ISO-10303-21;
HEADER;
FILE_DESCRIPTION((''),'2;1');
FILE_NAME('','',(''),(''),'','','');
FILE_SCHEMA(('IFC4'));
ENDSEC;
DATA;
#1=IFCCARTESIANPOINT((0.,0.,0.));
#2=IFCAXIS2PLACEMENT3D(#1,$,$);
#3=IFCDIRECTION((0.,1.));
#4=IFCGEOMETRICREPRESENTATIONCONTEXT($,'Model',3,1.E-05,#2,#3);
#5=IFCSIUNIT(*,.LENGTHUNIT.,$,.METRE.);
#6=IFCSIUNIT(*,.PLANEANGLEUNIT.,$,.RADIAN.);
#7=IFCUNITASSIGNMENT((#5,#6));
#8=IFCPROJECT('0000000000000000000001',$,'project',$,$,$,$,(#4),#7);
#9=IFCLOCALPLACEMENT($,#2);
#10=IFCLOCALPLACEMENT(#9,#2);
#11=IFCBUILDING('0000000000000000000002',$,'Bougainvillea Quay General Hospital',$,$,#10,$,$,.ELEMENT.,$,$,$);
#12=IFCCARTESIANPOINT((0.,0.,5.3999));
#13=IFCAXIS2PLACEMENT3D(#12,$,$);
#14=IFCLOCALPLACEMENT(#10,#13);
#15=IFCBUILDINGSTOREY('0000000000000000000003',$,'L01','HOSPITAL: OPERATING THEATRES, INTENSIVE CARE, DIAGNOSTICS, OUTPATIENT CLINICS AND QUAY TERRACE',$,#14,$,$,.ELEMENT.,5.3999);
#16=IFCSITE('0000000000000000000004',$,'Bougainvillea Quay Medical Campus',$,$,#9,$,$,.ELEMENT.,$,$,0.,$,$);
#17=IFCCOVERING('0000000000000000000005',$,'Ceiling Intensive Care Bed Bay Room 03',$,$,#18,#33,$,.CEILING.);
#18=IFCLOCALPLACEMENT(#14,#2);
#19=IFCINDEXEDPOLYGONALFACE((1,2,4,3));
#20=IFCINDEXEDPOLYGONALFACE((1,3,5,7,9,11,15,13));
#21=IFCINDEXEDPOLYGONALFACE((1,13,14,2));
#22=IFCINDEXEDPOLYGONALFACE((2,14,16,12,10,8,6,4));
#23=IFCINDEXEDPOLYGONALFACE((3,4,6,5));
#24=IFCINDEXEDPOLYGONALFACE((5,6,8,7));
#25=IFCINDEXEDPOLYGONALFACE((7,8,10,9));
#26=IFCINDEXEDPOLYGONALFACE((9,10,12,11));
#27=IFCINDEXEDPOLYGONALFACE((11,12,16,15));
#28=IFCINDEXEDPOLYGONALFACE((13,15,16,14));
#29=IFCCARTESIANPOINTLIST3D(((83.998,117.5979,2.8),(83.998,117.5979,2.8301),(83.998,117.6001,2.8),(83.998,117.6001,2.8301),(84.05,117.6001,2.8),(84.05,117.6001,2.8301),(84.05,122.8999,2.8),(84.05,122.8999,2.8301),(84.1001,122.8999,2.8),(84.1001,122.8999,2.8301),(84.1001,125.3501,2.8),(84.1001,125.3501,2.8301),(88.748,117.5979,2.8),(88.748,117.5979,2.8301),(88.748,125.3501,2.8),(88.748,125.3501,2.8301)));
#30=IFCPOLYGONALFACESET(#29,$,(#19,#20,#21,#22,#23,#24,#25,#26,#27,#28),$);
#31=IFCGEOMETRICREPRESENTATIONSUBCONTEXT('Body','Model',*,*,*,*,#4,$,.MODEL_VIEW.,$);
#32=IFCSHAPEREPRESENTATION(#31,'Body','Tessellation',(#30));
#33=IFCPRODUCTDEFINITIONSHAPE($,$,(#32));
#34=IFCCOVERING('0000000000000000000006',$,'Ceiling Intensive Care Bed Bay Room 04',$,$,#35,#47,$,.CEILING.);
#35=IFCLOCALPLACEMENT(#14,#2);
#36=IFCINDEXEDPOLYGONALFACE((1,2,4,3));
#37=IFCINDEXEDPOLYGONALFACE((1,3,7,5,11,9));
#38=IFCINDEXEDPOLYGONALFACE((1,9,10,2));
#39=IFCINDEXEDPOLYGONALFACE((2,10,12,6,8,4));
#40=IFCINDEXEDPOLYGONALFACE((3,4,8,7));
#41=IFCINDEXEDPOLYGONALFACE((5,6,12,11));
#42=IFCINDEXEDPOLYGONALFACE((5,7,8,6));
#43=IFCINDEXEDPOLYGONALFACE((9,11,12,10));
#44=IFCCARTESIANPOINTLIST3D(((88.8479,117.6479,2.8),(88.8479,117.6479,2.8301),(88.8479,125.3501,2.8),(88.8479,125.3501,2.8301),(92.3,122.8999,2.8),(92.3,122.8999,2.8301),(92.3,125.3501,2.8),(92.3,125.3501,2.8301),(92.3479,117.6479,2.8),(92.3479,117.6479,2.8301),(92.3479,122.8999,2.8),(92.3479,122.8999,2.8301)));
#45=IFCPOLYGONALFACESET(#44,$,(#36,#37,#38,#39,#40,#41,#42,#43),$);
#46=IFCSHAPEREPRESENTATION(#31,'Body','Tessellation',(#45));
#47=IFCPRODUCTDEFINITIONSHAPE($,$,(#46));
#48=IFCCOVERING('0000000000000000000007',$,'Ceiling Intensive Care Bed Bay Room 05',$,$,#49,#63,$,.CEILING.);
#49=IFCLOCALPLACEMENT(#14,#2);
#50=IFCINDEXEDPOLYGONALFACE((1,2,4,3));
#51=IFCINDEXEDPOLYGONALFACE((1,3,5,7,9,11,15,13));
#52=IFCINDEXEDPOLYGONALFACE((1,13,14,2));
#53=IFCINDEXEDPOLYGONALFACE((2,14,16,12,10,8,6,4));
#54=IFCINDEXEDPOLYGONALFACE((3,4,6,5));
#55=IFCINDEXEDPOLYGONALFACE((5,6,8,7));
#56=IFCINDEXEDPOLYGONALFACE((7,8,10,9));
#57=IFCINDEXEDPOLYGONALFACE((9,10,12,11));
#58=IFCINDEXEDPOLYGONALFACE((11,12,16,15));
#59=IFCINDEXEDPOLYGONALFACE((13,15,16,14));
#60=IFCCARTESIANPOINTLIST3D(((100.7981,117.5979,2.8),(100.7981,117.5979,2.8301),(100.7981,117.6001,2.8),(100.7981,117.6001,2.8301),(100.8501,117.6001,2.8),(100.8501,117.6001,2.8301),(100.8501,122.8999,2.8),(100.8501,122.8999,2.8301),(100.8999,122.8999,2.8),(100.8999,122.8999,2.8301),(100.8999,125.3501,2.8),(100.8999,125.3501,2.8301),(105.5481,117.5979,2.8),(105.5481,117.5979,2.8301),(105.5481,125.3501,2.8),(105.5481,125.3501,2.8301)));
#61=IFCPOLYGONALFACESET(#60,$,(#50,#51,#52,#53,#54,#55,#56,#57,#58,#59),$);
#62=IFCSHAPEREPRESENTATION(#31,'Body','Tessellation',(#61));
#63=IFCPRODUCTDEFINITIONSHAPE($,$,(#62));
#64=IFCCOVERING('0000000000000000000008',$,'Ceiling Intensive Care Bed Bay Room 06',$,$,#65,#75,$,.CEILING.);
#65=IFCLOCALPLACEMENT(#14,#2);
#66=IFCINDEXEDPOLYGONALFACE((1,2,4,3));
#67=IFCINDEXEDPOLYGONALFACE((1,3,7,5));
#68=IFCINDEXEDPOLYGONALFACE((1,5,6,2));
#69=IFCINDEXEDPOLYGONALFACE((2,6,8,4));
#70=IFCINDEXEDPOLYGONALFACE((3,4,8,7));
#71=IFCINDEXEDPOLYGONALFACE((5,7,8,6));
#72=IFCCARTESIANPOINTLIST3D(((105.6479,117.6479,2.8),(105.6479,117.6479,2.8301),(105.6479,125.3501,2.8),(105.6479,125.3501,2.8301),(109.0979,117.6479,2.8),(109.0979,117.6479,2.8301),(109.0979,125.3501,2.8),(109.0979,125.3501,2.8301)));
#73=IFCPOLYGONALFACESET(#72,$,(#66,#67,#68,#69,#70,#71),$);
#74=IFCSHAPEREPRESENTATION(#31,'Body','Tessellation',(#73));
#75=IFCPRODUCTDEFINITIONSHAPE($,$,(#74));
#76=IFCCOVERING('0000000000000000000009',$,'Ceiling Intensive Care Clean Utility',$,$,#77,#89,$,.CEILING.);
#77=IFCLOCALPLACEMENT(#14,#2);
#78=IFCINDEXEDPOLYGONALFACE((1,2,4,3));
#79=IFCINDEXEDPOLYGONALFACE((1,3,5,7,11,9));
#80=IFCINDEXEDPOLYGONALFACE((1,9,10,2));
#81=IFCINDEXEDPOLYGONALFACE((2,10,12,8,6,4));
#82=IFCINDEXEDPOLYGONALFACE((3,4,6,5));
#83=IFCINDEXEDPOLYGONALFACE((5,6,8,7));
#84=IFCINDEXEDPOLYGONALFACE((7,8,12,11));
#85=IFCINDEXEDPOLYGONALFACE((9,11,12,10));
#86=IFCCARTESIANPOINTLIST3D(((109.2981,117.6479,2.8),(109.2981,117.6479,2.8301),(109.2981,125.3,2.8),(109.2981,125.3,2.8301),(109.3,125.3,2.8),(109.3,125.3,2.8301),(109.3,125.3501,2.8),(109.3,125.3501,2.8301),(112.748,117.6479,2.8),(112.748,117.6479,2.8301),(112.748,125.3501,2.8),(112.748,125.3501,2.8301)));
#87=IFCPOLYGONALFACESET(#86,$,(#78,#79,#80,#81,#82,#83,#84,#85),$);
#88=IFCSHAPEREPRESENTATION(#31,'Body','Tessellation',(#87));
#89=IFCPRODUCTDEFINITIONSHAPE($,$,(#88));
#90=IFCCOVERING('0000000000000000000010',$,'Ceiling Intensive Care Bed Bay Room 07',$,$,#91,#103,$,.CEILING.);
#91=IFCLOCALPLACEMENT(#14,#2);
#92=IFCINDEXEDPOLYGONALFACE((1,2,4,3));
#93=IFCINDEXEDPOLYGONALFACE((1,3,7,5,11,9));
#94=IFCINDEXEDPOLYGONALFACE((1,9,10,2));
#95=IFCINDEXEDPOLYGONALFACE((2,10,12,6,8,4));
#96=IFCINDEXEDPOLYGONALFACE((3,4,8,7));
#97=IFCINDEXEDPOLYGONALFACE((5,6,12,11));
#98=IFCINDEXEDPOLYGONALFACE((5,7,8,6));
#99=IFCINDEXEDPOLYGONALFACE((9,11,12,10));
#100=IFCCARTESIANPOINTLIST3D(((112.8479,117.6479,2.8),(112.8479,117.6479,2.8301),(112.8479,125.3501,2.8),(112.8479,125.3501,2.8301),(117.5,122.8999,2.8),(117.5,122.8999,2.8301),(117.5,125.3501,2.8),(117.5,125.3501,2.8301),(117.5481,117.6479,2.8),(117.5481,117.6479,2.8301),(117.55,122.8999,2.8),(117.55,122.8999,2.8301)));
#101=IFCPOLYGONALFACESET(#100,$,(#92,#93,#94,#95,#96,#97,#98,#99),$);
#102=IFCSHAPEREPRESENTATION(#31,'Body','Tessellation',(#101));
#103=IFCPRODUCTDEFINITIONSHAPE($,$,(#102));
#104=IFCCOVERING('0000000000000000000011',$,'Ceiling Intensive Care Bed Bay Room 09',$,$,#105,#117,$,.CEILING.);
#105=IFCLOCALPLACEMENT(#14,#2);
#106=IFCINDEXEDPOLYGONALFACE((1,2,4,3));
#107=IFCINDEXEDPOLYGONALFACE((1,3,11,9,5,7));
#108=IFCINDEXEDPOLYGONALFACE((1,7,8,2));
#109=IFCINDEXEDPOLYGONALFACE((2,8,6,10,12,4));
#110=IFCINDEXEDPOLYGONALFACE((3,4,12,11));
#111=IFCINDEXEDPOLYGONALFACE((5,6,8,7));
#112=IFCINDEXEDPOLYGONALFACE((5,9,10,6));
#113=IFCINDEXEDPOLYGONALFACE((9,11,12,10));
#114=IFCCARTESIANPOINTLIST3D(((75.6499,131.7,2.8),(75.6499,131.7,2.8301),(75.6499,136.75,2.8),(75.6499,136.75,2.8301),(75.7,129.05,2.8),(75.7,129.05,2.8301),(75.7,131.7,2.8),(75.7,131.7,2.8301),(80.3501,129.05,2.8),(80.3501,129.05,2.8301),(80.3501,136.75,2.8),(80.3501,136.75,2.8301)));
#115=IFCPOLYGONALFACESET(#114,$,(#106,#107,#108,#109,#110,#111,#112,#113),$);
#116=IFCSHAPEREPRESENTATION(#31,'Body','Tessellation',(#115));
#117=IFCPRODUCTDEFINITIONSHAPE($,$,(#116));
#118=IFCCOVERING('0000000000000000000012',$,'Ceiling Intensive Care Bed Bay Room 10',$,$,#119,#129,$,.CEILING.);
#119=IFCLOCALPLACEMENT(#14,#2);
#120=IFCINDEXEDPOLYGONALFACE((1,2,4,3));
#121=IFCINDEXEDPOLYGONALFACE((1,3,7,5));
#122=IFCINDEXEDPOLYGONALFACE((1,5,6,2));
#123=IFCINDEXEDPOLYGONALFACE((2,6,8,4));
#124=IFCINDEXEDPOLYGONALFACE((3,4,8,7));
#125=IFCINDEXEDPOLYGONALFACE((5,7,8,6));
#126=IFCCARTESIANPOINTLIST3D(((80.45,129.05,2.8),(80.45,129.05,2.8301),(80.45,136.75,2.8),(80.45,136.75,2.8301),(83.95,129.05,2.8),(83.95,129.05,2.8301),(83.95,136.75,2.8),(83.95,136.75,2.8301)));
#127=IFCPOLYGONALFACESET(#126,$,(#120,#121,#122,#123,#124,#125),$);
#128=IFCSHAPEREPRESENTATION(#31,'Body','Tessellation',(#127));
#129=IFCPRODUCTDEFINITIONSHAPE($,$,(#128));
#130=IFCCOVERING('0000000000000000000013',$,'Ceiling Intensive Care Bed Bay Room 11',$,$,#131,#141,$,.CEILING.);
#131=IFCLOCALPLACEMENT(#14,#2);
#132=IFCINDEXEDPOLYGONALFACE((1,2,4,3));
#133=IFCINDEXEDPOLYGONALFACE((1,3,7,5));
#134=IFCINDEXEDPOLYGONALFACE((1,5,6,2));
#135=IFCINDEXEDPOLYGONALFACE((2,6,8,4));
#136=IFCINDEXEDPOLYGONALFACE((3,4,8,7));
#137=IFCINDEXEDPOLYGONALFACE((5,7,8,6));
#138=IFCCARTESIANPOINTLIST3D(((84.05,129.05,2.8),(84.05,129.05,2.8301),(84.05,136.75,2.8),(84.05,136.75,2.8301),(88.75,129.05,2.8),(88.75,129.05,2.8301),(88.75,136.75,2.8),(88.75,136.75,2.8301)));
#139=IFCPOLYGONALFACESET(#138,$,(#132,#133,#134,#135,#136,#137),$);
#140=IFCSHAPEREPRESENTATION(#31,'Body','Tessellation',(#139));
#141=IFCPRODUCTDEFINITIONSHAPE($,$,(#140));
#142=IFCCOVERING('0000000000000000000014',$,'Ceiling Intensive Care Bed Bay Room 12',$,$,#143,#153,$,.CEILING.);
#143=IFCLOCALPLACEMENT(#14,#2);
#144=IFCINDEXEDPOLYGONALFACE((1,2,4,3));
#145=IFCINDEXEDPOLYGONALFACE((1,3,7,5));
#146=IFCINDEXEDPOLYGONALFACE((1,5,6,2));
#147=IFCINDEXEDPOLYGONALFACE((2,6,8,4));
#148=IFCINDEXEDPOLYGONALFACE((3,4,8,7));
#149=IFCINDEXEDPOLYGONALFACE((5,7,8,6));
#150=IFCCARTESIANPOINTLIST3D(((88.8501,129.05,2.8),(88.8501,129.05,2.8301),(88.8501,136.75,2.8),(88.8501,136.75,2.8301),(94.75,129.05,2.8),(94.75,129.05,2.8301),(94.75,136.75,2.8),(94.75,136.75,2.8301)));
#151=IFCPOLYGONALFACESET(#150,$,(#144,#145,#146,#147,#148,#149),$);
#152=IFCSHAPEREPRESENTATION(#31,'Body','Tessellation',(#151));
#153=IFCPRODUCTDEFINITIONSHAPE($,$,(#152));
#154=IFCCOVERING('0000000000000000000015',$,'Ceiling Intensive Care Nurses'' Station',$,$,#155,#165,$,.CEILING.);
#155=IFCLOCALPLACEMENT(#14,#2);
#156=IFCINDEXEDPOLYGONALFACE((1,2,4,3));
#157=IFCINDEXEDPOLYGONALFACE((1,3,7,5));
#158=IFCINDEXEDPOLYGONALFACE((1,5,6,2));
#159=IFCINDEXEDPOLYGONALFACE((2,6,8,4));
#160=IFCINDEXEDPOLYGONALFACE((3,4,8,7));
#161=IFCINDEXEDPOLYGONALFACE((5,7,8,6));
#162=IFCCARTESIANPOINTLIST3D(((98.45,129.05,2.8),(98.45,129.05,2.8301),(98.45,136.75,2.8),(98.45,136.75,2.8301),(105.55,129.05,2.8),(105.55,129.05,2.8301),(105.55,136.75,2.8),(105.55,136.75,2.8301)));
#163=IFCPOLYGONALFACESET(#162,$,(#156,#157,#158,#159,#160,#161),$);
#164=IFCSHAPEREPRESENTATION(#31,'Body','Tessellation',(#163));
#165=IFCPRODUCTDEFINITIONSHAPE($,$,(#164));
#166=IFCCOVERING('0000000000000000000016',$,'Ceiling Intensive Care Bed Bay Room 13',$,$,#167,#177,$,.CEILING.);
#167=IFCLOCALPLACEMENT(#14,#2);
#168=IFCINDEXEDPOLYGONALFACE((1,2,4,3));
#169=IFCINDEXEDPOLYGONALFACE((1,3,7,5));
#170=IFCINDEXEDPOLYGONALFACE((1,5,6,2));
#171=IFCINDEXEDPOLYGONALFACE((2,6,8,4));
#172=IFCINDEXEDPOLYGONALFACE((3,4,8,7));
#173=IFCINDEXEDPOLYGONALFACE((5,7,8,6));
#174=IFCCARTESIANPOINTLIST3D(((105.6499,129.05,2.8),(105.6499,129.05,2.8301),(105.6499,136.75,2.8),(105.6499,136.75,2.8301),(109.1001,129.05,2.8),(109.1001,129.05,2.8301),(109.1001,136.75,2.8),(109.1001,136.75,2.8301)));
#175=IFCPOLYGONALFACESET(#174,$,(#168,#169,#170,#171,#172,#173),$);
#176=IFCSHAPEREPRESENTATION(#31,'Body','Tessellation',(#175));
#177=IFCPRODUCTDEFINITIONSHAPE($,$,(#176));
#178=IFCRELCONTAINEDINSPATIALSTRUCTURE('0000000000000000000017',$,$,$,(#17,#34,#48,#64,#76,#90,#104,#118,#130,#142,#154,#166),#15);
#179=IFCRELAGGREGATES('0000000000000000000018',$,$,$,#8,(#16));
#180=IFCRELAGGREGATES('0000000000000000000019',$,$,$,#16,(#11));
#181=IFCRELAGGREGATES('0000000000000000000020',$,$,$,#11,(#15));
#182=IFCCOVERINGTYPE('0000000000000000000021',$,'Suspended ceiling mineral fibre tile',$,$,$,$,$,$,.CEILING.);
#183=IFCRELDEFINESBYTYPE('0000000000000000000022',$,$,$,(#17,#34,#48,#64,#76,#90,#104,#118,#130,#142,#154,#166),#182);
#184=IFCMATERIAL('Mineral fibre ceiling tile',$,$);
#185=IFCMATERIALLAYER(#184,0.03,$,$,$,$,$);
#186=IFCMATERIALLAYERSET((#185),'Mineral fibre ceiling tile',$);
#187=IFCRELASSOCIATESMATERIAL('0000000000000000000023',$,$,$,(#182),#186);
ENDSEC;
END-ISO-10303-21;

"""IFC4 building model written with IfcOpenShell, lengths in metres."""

from ifc_helpers import new_model, si_unit, direction, frame, origin, place, context, subcontext, project, spatial, polyline, outline, extrude, material, layer, layer_set, type_object, element, save


model = new_model("IFC4")

# Units and contexts
model_context = context("Model", 3, precision=1e-05, world=origin(), true_north=direction((0.0, 1.0)))
body_context = subcontext(model_context, "Body", "Model", "MODEL_VIEW")
ifc_project = project(units=[si_unit("LENGTHUNIT", "METRE"), si_unit("PLANEANGLEUNIT", "RADIAN")], contexts=[model_context])

# Site, building, storey
site_placement = place(None, origin())
site = spatial("IfcSite", under=ifc_project, at=site_placement, Name="Bougainvillea Quay Medical Campus", CompositionType="ELEMENT", RefElevation=0.0)
building_placement = place(site_placement, origin())
building = spatial("IfcBuilding", under=site, at=building_placement, Name="Bougainvillea Quay General Hospital", CompositionType="ELEMENT")
storey_placement = place(building_placement, frame((0.0, 0.0, 5.3999)))
storey = spatial("IfcBuildingStorey", under=building, at=storey_placement, Name="L01", Description="HOSPITAL: OPERATING THEATRES, INTENSIVE CARE, DIAGNOSTICS, OUTPATIENT CLINICS AND QUAY TERRACE", CompositionType="ELEMENT", Elevation=5.3999)

# Coverings
ifc_material = material(Name="Mineral fibre ceiling tile")
ifc_layer = layer(ifc_material, 0.03)
ifc_layer_set = layer_set([ifc_layer], Name="Mineral fibre ceiling tile")
covering_type = type_object("IfcCoveringType", Name="Suspended ceiling mineral fibre tile", PredefinedType="CEILING", material=ifc_layer_set)
covering_1_placement = place(storey_placement, frame((0.0, 0.0, 2.8)))
element("IfcCovering", 1, at=covering_1_placement, inside=storey, type_object=covering_type, Name="Ceiling Intensive Care Bed Bay Room 03", PredefinedType="CEILING", context=body_context, shape_type="SweptSolid", body=[
    extrude(outline(polyline([(83.998, 117.5979), (88.748, 117.5979), (88.748, 125.3501), (84.1001, 125.3501), (84.1001, 122.8999), (84.05, 122.8999), (84.05, 117.6001), (83.998, 117.6001), (83.998, 117.5979)])), origin(), (0.0, 0.0, 1.0), 0.03),
])
covering_2_placement = place(storey_placement, frame((0.0, 0.0, 2.8)))
element("IfcCovering", 2, at=covering_2_placement, inside=storey, type_object=covering_type, Name="Ceiling Intensive Care Bed Bay Room 04", PredefinedType="CEILING", context=body_context, shape_type="SweptSolid", body=[
    extrude(outline(polyline([(92.3, 122.8999), (92.3, 125.3501), (88.8479, 125.3501), (88.8479, 117.6479), (92.3479, 117.6479), (92.3479, 122.8999), (92.3, 122.8999)])), origin(), (0.0, 0.0, 1.0), 0.03),
])
covering_3_placement = place(storey_placement, frame((0.0, 0.0, 2.8)))
element("IfcCovering", 3, at=covering_3_placement, inside=storey, type_object=covering_type, Name="Ceiling Intensive Care Bed Bay Room 05", PredefinedType="CEILING", context=body_context, shape_type="SweptSolid", body=[
    extrude(outline(polyline([(100.7981, 117.5979), (105.5481, 117.5979), (105.5481, 125.3501), (100.8999, 125.3501), (100.8999, 122.8999), (100.8501, 122.8999), (100.8501, 117.6001), (100.7981, 117.6001), (100.7981, 117.5979)])), origin(), (0.0, 0.0, 1.0), 0.03),
])
covering_4_placement = place(storey_placement, frame((0.0, 0.0, 2.8)))
element("IfcCovering", 4, at=covering_4_placement, inside=storey, type_object=covering_type, Name="Ceiling Intensive Care Bed Bay Room 06", PredefinedType="CEILING", context=body_context, shape_type="SweptSolid", body=[
    extrude(outline(polyline([(105.6479, 125.3501), (105.6479, 117.6479), (109.0979, 117.6479), (109.0979, 125.3501), (105.6479, 125.3501)])), origin(), (0.0, 0.0, 1.0), 0.03),
])
covering_5_placement = place(storey_placement, frame((0.0, 0.0, 2.8)))
element("IfcCovering", 5, at=covering_5_placement, inside=storey, type_object=covering_type, Name="Ceiling Intensive Care Clean Utility", PredefinedType="CEILING", context=body_context, shape_type="SweptSolid", body=[
    extrude(outline(polyline([(109.3, 125.3), (109.2981, 125.3), (109.2981, 117.6479), (112.748, 117.6479), (112.748, 125.3501), (109.3, 125.3501), (109.3, 125.3)])), origin(), (0.0, 0.0, 1.0), 0.03),
])
covering_6_placement = place(storey_placement, frame((0.0, 0.0, 2.8)))
element("IfcCovering", 6, at=covering_6_placement, inside=storey, type_object=covering_type, Name="Ceiling Intensive Care Bed Bay Room 07", PredefinedType="CEILING", context=body_context, shape_type="SweptSolid", body=[
    extrude(outline(polyline([(117.5, 125.3501), (112.8479, 125.3501), (112.8479, 117.6479), (117.5481, 117.6479), (117.55, 122.8999), (117.5, 122.8999), (117.5, 125.3501)])), origin(), (0.0, 0.0, 1.0), 0.03),
])
covering_7_placement = place(storey_placement, frame((0.0, 0.0, 2.8)))
element("IfcCovering", 7, at=covering_7_placement, inside=storey, type_object=covering_type, Name="Ceiling Intensive Care Bed Bay Room 09", PredefinedType="CEILING", context=body_context, shape_type="SweptSolid", body=[
    extrude(outline(polyline([(80.3501, 129.05), (80.3501, 136.75), (75.6499, 136.75), (75.6499, 131.7), (75.7, 131.7), (75.7, 129.05), (80.3501, 129.05)])), origin(), (0.0, 0.0, 1.0), 0.03),
])
covering_8_placement = place(storey_placement, frame((0.0, 0.0, 2.8)))
element("IfcCovering", 8, at=covering_8_placement, inside=storey, type_object=covering_type, Name="Ceiling Intensive Care Bed Bay Room 10", PredefinedType="CEILING", context=body_context, shape_type="SweptSolid", body=[
    extrude(outline(polyline([(80.45, 129.05), (83.95, 129.05), (83.95, 136.75), (80.45, 136.75), (80.45, 129.05)])), origin(), (0.0, 0.0, 1.0), 0.03),
])
covering_9_placement = place(storey_placement, frame((0.0, 0.0, 2.8)))
element("IfcCovering", 9, at=covering_9_placement, inside=storey, type_object=covering_type, Name="Ceiling Intensive Care Bed Bay Room 11", PredefinedType="CEILING", context=body_context, shape_type="SweptSolid", body=[
    extrude(outline(polyline([(84.05, 129.05), (88.75, 129.05), (88.75, 136.75), (84.05, 136.75), (84.05, 129.05)])), origin(), (0.0, 0.0, 1.0), 0.03),
])
covering_10_placement = place(storey_placement, frame((0.0, 0.0, 2.8)))
element("IfcCovering", 10, at=covering_10_placement, inside=storey, type_object=covering_type, Name="Ceiling Intensive Care Bed Bay Room 12", PredefinedType="CEILING", context=body_context, shape_type="SweptSolid", body=[
    extrude(outline(polyline([(88.8501, 129.05), (94.75, 129.05), (94.75, 136.75), (88.8501, 136.75), (88.8501, 129.05)])), origin(), (0.0, 0.0, 1.0), 0.03),
])
covering_11_placement = place(storey_placement, frame((0.0, 0.0, 2.8)))
element("IfcCovering", 11, at=covering_11_placement, inside=storey, type_object=covering_type, Name="Ceiling Intensive Care Nurses' Station", PredefinedType="CEILING", context=body_context, shape_type="SweptSolid", body=[
    extrude(outline(polyline([(98.45, 129.05), (105.55, 129.05), (105.55, 136.75), (98.45, 136.75), (98.45, 129.05)])), origin(), (0.0, 0.0, 1.0), 0.03),
])
covering_12_placement = place(storey_placement, frame((0.0, 0.0, 2.8)))
element("IfcCovering", 12, at=covering_12_placement, inside=storey, type_object=covering_type, Name="Ceiling Intensive Care Bed Bay Room 13", PredefinedType="CEILING", context=body_context, shape_type="SweptSolid", body=[
    extrude(outline(polyline([(105.6499, 129.05), (109.1001, 129.05), (109.1001, 136.75), (105.6499, 136.75), (105.6499, 129.05)])), origin(), (0.0, 0.0, 1.0), 0.03),
])

save(model, "model.ifc")
